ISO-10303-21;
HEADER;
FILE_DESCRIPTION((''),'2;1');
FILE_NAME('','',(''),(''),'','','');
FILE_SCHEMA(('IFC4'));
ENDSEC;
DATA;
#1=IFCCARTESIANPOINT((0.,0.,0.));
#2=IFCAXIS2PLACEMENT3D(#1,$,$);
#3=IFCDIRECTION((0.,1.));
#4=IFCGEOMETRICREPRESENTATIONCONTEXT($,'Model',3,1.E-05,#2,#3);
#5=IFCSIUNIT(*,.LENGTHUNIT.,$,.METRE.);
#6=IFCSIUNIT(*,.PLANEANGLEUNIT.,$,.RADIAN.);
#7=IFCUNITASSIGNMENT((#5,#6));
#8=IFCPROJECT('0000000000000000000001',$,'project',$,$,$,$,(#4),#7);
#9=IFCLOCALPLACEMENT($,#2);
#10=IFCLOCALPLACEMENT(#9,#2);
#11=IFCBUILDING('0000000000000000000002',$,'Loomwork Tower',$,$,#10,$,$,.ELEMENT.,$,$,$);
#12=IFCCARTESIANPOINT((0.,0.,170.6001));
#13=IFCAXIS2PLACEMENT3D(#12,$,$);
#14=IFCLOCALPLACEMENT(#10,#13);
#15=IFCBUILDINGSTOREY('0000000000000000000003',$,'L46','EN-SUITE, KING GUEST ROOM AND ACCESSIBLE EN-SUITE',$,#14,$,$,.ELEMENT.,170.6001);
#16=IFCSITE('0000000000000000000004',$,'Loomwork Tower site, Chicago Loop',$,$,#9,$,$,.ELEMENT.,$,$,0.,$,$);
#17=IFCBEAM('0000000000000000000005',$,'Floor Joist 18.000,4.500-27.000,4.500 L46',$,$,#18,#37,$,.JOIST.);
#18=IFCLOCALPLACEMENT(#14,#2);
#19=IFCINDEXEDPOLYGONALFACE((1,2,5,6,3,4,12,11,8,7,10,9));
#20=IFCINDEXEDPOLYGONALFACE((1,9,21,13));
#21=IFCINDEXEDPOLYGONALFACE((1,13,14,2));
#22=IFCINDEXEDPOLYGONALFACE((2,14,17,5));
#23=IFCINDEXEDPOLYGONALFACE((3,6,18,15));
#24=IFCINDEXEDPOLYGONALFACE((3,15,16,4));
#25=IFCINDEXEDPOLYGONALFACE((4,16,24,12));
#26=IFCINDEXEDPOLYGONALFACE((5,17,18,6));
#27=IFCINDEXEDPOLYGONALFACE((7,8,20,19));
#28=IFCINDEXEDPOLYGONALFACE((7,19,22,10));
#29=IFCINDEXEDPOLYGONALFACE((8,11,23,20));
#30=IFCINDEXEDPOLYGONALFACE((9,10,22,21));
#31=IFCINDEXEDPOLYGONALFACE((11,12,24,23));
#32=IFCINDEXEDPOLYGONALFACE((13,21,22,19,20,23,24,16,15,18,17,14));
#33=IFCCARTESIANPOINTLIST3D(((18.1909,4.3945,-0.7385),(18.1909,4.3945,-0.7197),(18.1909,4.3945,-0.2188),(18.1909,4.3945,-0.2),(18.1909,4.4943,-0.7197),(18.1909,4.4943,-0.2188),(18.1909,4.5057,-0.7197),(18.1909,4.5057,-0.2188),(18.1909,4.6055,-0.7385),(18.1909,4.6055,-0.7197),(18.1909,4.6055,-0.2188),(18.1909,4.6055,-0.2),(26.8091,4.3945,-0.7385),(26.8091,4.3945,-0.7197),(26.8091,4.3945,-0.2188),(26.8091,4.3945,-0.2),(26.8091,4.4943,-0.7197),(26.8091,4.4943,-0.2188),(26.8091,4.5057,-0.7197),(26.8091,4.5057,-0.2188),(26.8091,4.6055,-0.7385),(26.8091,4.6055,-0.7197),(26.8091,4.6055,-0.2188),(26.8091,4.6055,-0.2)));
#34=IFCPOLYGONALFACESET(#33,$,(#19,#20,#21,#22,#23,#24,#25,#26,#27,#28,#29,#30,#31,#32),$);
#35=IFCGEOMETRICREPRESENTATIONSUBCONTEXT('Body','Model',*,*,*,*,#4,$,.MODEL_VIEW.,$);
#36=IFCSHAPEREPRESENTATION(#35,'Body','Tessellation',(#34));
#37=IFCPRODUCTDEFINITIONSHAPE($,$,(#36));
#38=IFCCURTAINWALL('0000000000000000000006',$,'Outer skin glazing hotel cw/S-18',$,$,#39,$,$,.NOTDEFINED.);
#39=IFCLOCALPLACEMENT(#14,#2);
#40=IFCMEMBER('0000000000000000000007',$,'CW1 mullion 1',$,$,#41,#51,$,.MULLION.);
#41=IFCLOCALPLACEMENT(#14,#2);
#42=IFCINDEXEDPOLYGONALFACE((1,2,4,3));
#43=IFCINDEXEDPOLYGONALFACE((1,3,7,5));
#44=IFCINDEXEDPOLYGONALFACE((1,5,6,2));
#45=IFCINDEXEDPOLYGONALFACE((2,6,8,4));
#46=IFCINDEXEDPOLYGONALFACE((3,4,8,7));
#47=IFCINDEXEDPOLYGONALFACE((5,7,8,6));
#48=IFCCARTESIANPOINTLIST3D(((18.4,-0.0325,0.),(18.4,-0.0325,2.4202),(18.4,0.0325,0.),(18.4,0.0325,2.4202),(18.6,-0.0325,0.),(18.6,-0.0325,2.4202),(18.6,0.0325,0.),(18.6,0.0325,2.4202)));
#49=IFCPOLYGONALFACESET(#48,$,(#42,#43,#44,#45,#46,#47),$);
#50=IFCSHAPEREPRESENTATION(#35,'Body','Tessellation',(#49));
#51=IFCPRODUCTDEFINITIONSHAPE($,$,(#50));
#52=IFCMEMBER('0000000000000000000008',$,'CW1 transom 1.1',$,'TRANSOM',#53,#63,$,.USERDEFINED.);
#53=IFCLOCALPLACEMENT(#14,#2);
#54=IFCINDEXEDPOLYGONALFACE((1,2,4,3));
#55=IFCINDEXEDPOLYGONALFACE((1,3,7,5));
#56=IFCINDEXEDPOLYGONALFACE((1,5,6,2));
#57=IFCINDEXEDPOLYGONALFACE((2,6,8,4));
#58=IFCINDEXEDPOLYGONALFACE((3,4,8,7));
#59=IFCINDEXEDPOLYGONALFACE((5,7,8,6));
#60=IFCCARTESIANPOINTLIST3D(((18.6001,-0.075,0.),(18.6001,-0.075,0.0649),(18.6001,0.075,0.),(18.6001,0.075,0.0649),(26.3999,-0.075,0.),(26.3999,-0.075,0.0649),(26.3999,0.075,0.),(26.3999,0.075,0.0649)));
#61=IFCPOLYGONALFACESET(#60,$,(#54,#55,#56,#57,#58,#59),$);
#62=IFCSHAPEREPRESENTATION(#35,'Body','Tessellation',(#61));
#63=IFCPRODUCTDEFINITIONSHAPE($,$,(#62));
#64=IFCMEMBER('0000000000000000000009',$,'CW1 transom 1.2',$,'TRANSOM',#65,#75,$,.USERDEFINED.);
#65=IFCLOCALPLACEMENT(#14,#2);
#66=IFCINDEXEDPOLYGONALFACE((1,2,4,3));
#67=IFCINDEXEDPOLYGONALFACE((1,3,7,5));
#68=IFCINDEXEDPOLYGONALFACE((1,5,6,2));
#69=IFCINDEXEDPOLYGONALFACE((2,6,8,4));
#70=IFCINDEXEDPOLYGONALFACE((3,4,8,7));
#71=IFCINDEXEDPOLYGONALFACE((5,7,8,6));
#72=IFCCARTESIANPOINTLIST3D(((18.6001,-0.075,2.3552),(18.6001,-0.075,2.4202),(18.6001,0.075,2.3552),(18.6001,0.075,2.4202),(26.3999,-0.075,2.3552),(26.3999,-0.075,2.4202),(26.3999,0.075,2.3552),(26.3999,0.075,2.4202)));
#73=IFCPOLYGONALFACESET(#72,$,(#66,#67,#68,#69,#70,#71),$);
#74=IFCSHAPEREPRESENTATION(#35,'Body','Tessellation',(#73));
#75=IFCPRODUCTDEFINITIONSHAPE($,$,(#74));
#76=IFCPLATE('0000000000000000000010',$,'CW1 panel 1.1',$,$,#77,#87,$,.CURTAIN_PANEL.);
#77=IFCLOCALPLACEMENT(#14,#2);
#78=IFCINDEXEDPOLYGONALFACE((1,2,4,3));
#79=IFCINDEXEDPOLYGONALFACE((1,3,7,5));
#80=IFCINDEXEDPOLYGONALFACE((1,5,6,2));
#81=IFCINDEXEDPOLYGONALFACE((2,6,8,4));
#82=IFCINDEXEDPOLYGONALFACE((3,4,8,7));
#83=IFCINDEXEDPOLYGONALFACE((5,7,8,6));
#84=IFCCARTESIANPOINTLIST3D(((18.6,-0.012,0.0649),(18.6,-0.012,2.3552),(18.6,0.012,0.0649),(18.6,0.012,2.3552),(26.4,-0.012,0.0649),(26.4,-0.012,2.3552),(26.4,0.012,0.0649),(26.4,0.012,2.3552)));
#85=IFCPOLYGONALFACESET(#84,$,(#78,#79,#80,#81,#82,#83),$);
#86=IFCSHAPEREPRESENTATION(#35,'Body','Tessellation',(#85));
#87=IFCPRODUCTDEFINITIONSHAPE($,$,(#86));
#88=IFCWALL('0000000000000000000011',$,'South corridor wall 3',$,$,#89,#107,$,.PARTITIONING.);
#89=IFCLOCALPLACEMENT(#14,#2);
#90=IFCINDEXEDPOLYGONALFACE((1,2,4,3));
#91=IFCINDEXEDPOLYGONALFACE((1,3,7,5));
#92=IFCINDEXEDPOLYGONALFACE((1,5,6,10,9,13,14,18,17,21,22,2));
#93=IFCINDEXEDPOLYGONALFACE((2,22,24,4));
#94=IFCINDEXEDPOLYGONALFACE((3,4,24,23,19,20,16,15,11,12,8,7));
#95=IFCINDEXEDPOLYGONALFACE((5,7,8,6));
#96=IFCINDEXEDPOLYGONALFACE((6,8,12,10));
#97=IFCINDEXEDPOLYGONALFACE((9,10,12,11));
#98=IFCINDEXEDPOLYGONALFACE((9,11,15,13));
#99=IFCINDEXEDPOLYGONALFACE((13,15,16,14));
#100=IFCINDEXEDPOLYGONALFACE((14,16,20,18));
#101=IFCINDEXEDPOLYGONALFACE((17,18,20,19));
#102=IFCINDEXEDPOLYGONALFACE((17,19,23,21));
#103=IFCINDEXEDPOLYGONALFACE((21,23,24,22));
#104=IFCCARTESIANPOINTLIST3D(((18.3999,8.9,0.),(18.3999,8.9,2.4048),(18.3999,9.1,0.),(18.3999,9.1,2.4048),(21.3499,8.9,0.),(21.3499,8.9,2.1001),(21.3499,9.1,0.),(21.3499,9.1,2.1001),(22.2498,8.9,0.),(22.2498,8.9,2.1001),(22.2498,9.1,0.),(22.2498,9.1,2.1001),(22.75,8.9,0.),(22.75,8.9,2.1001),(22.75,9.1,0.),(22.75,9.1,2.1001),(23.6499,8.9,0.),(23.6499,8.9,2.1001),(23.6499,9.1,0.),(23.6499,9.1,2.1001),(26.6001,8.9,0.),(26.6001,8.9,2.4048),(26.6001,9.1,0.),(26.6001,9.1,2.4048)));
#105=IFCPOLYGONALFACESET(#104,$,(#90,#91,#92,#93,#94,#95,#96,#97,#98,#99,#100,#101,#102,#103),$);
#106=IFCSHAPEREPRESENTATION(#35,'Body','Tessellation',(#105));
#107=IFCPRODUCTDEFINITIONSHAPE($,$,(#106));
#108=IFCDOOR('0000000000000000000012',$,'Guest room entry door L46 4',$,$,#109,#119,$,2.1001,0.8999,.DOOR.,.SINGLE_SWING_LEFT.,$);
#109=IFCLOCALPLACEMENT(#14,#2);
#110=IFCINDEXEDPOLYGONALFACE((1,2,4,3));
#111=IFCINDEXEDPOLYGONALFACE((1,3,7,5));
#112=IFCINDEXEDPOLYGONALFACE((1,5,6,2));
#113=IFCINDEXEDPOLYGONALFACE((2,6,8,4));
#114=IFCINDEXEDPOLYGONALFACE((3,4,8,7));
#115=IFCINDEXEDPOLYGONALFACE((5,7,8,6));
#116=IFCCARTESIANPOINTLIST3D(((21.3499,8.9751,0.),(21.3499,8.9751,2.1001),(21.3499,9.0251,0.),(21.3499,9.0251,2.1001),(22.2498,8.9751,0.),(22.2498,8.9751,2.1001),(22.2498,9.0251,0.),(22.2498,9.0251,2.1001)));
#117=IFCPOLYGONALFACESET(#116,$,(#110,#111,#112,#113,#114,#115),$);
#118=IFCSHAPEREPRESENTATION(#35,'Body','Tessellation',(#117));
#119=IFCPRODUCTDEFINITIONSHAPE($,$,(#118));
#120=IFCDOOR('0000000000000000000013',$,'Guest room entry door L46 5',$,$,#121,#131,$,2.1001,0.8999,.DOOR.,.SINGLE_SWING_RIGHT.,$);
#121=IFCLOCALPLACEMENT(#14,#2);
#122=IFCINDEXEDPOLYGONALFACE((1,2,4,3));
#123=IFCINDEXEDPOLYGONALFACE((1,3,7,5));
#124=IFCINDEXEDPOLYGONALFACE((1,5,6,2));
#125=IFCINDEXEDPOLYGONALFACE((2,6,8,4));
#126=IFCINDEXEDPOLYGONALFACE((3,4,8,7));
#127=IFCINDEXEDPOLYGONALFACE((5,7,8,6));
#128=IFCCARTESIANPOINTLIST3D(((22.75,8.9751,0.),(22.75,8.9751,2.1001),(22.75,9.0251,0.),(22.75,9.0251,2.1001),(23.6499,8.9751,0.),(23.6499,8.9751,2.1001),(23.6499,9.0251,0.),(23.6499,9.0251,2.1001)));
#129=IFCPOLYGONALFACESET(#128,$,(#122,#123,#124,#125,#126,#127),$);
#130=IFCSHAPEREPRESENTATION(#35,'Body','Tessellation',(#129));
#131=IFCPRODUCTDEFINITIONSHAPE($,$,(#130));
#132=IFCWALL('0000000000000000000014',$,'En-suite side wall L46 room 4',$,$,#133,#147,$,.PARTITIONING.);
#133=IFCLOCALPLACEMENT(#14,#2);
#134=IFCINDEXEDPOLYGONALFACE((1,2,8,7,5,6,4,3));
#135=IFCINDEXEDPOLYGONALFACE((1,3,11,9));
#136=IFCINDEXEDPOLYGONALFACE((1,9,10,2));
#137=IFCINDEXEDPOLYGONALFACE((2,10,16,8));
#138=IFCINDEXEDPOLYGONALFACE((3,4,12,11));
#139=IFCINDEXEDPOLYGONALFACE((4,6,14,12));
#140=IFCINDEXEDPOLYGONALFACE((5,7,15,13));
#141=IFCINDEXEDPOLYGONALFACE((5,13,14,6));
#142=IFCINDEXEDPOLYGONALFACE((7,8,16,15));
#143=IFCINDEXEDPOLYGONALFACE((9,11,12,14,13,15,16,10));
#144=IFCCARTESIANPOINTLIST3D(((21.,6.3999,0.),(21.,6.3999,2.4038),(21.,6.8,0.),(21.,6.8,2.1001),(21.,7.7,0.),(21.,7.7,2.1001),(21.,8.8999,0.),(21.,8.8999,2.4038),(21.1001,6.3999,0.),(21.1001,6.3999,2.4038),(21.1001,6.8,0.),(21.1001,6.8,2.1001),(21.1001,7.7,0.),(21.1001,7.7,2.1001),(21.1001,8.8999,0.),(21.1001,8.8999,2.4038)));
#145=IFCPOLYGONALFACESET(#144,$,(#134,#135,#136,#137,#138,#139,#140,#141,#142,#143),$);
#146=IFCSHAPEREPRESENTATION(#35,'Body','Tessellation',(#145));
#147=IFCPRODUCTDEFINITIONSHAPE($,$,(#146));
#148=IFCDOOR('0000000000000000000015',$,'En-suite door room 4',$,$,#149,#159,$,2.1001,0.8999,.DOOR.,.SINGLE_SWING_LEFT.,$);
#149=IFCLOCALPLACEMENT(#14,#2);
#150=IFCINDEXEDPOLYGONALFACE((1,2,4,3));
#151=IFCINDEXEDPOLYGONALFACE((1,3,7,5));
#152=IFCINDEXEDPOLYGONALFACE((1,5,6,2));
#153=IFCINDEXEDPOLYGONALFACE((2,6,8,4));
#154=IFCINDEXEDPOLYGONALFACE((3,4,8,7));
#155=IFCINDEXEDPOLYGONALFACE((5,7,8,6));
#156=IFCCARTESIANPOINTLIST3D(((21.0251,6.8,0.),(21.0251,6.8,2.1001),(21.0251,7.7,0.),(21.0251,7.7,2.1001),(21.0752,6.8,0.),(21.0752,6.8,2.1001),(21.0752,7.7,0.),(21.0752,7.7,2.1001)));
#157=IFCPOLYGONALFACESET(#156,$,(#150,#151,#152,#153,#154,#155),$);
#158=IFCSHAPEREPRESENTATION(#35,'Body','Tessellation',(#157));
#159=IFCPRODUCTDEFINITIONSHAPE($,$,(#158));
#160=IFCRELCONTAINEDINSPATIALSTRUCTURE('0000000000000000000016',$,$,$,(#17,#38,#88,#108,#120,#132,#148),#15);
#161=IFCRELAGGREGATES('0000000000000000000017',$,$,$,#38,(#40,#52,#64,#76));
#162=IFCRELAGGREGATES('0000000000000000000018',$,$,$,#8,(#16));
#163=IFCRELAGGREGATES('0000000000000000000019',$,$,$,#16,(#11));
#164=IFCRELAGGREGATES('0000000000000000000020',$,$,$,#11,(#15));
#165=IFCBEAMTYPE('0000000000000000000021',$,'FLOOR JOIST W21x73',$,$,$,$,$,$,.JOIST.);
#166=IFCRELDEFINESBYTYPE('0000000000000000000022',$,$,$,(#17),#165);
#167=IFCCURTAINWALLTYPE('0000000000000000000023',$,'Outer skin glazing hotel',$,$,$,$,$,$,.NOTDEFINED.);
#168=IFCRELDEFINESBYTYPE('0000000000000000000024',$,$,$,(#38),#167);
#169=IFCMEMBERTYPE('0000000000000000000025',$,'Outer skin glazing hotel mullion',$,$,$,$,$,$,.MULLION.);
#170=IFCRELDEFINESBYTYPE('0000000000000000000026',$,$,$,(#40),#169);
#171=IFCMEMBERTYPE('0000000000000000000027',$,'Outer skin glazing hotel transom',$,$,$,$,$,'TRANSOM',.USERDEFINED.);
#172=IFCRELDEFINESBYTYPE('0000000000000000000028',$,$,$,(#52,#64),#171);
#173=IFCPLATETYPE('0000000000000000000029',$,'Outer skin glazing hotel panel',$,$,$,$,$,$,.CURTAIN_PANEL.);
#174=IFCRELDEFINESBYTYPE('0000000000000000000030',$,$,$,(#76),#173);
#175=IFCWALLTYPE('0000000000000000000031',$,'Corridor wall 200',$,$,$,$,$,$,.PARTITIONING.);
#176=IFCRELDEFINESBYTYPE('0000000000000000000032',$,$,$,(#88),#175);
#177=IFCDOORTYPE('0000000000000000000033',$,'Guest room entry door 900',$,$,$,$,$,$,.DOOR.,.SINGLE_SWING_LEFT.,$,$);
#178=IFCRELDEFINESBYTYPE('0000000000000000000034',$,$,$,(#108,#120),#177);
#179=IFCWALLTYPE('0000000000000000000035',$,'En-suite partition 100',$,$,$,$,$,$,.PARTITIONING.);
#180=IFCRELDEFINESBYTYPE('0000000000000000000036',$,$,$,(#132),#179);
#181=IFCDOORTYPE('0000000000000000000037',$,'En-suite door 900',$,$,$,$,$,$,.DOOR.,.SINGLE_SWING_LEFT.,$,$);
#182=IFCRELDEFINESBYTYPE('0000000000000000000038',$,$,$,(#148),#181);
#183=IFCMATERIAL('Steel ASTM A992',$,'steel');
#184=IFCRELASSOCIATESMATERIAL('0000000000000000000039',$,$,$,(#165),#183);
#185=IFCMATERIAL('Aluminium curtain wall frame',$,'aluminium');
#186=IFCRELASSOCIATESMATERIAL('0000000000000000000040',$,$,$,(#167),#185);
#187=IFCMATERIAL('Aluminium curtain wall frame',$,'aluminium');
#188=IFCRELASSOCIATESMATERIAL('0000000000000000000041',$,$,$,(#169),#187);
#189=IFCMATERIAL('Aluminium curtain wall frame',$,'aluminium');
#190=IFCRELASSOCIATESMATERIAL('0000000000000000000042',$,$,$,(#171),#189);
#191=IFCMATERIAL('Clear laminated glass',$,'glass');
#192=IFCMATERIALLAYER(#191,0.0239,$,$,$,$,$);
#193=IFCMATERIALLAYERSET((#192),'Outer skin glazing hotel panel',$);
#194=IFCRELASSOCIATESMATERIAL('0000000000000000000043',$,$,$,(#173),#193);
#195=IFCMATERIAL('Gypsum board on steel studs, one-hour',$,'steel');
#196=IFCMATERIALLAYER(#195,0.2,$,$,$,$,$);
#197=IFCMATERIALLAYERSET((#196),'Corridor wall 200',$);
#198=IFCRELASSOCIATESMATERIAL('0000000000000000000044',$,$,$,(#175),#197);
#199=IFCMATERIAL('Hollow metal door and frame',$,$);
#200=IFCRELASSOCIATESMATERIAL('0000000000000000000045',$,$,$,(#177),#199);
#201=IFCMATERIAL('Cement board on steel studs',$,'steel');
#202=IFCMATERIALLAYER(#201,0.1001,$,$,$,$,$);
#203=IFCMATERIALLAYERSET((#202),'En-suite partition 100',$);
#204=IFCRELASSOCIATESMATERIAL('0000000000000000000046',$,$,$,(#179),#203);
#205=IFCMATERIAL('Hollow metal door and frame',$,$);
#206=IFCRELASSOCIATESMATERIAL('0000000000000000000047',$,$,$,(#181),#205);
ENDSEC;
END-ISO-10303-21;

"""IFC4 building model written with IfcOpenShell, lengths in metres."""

from ifc_helpers import new_model, si_unit, direction, frame, frame_2d, origin, origin_2d, place, context, subcontext, project, spatial, rectangle, i_section, extrude, material, layer, layer_set, material_profile, profile_set, type_object, element, fill, aggregate, save


model = new_model("IFC4")

# Units and contexts
model_context = context("Model", 3, precision=1e-05, world=origin(), true_north=direction((0.0, 1.0)))
body_context = subcontext(model_context, "Body", "Model", "MODEL_VIEW")
ifc_project = project(units=[si_unit("LENGTHUNIT", "METRE"), si_unit("PLANEANGLEUNIT", "RADIAN")], contexts=[model_context])

# Site, building, storey
site_placement = place(None, origin())
site = spatial("IfcSite", under=ifc_project, at=site_placement, Name="Loomwork Tower site, Chicago Loop", CompositionType="ELEMENT", RefElevation=0.0)
building_placement = place(site_placement, origin())
building = spatial("IfcBuilding", under=site, at=building_placement, Name="Loomwork Tower", CompositionType="ELEMENT")
storey_placement = place(building_placement, frame((0.0, 0.0, 170.6001)))
storey = spatial("IfcBuildingStorey", under=building, at=storey_placement, Name="L46", Description="EN-SUITE, KING GUEST ROOM AND ACCESSIBLE EN-SUITE", CompositionType="ELEMENT", Elevation=170.6001)

# Beam
ifc_material_1 = material(Name="Steel ASTM A992", Category="steel")
ifc_material_profile_1 = material_profile(ifc_material_1, i_section(OverallWidth=0.2109, OverallDepth=0.5386, WebThickness=0.0115, FlangeThickness=0.0188, at=origin_2d()), Name="W21x73")
ifc_profile_set_1 = profile_set([ifc_material_profile_1], Name="Steel ASTM A992")
beam_type = type_object("IfcBeamType", Name="FLOOR JOIST W21x73", PredefinedType="JOIST", material=ifc_profile_set_1)
beam_placement = place(storey_placement, frame((18.1909, 4.5, -0.4692), z_axis=(1.0, 0.0, 0.0), x_axis=(0.0, 1.0, 0.0)))
element("IfcBeam", 1, at=beam_placement, inside=storey, type_object=beam_type, Name="Floor Joist 18.000,4.500-27.000,4.500 L46", PredefinedType="JOIST", context=body_context, shape_type="SweptSolid", body=[
    extrude(i_section(OverallWidth=0.2109, OverallDepth=0.5386, WebThickness=0.0115, FlangeThickness=0.0188, at=origin_2d()), origin(), (0.0, 0.0, 1.0), 8.6182),
])

# Curtain wall, members, plate
ifc_material_2 = material(Name="Aluminium curtain wall frame", Category="aluminium")
curtain_wall_type = type_object("IfcCurtainWallType", Name="Outer skin glazing hotel", PredefinedType="NOTDEFINED", material=ifc_material_2)
curtain_wall_placement = place(storey_placement, origin())
curtain_wall = element("IfcCurtainWall", 2, at=curtain_wall_placement, inside=storey, type_object=curtain_wall_type, Name="Outer skin glazing hotel cw/S-18", PredefinedType="NOTDEFINED")
ifc_material_3 = material(Name="Aluminium curtain wall frame", Category="aluminium")
ifc_material_profile_2 = material_profile(ifc_material_3, rectangle(XDim=0.0649, YDim=0.2, at=origin_2d()), Name="AL 65x200")
ifc_profile_set_2 = profile_set([ifc_material_profile_2], Name="Aluminium curtain wall frame")
member_type_1 = type_object("IfcMemberType", Name="Outer skin glazing hotel mullion", PredefinedType="MULLION", material=ifc_profile_set_2)
member_1_placement = place(storey_placement, frame((18.5, 0.0, 0.0), z_axis=(0.0, 0.0, 1.0), x_axis=(0.0, 1.0, 0.0)))
member_1 = element("IfcMember", 3, at=member_1_placement, type_object=member_type_1, Name="CW1 mullion 1", PredefinedType="MULLION", context=body_context, shape_type="SweptSolid", body=[
    extrude(rectangle(XDim=0.0649, YDim=0.2, at=origin_2d()), origin(), (0.0, 0.0, 1.0), 2.4202),
])
ifc_material_4 = material(Name="Aluminium curtain wall frame", Category="aluminium")
ifc_material_profile_3 = material_profile(ifc_material_4, rectangle(XDim=0.1499, YDim=0.0649, at=origin_2d()), Name="AL 65x150")
ifc_profile_set_3 = profile_set([ifc_material_profile_3], Name="Aluminium curtain wall frame")
member_type_2 = type_object("IfcMemberType", Name="Outer skin glazing hotel transom", ElementType="TRANSOM", PredefinedType="USERDEFINED", material=ifc_profile_set_3)
member_2_placement = place(storey_placement, frame((18.6001, 0.0, 0.0325), z_axis=(1.0, 0.0, 0.0), x_axis=(0.0, 1.0, 0.0)))
member_2 = element("IfcMember", 4, at=member_2_placement, type_object=member_type_2, Name="CW1 transom 1.1", ObjectType="TRANSOM", PredefinedType="USERDEFINED", context=body_context, shape_type="SweptSolid", body=[
    extrude(rectangle(XDim=0.1499, YDim=0.0649, at=origin_2d()), origin(), (0.0, 0.0, 1.0), 7.7998),
])
member_3_placement = place(storey_placement, frame((18.6001, 0.0, 2.3877), z_axis=(1.0, 0.0, 0.0), x_axis=(0.0, 1.0, 0.0)))
member_3 = element("IfcMember", 5, at=member_3_placement, type_object=member_type_2, Name="CW1 transom 1.2", ObjectType="TRANSOM", PredefinedType="USERDEFINED", context=body_context, shape_type="SweptSolid", body=[
    extrude(rectangle(XDim=0.1499, YDim=0.0649, at=origin_2d()), origin(), (0.0, 0.0, 1.0), 7.7998),
])
ifc_material_5 = material(Name="Clear laminated glass", Category="glass")
ifc_layer_1 = layer(ifc_material_5, 0.0239)
ifc_layer_set_1 = layer_set([ifc_layer_1], Name="Outer skin glazing hotel panel")
plate_type = type_object("IfcPlateType", Name="Outer skin glazing hotel panel", PredefinedType="CURTAIN_PANEL", material=ifc_layer_set_1)
plate_placement = place(storey_placement, frame((22.5, 0.0, 0.0649), z_axis=(0.0, 0.0, 1.0), x_axis=(1.0, 0.0, 0.0)))
plate = element("IfcPlate", 6, at=plate_placement, type_object=plate_type, Name="CW1 panel 1.1", PredefinedType="CURTAIN_PANEL", context=body_context, shape_type="SweptSolid", body=[
    extrude(rectangle(XDim=7.8, YDim=0.0239, at=origin_2d()), origin(), (0.0, 0.0, 1.0), 2.2903),
])
aggregate(curtain_wall, [member_1, member_2, member_3, plate])

# Wall, openings, doors
ifc_material_6 = material(Name="Gypsum board on steel studs, one-hour", Category="steel")
ifc_layer_2 = layer(ifc_material_6, 0.2)
ifc_layer_set_2 = layer_set([ifc_layer_2], Name="Corridor wall 200")
wall_type_1 = type_object("IfcWallType", Name="Corridor wall 200", PredefinedType="PARTITIONING", material=ifc_layer_set_2)
wall_1_placement = place(storey_placement, frame((18.3999, 9.0, 0.0), z_axis=(0.0, 0.0, 1.0), x_axis=(1.0, 0.0, 0.0)))
wall_1 = element("IfcWall", 7, at=wall_1_placement, inside=storey, type_object=wall_type_1, Name="South corridor wall 3", PredefinedType="PARTITIONING", context=body_context, shape_type="SweptSolid", body=[
    extrude(rectangle(XDim=8.2002, YDim=0.2, at=frame_2d((4.1001, 0.0))), origin(), (0.0, 0.0, 1.0), 2.4048),
])
opening_1_placement = place(wall_1_placement, frame((2.95, 0.0, 0.0)))
opening_1 = element("IfcOpeningElement", 8, at=opening_1_placement, cuts=wall_1, PredefinedType="OPENING", context=body_context, shape_type="SweptSolid", body=[
    extrude(rectangle(XDim=0.8999, YDim=2.1001, at=frame_2d((0.45, 1.05))), frame((0.0, 0.1099, 0.0), z_axis=(0.0, -1.0, 0.0), x_axis=(1.0, 0.0, 0.0)), (0.0, 0.0, 1.0), 0.22),
])
opening_2_placement = place(wall_1_placement, frame((4.3501, 0.0, 0.0)))
opening_2 = element("IfcOpeningElement", 9, at=opening_2_placement, cuts=wall_1, PredefinedType="OPENING", context=body_context, shape_type="SweptSolid", body=[
    extrude(rectangle(XDim=0.8999, YDim=2.1001, at=frame_2d((0.45, 1.05))), frame((0.0, 0.1099, 0.0), z_axis=(0.0, -1.0, 0.0), x_axis=(1.0, 0.0, 0.0)), (0.0, 0.0, 1.0), 0.22),
])
ifc_material_7 = material(Name="Hollow metal door and frame")
door_type_1 = type_object("IfcDoorType", Name="Guest room entry door 900", OperationType="SINGLE_SWING_LEFT", PredefinedType="DOOR", material=ifc_material_7)
door_1_placement = place(opening_1_placement, frame((0.8999, 0.0, 0.0), z_axis=(0.0, 0.0, 1.0), x_axis=(-1.0, 0.0, 0.0)))
door_1 = element("IfcDoor", 10, at=door_1_placement, inside=storey, type_object=door_type_1, Name="Guest room entry door L46 4", OperationType="SINGLE_SWING_LEFT", OverallHeight=2.1001, OverallWidth=0.8999, PredefinedType="DOOR", context=body_context, shape_type="SweptSolid", body=[
    extrude(rectangle(XDim=0.8999, YDim=2.1001, at=frame_2d((0.45, 1.05))), frame((0.0, 0.0249, 0.0), z_axis=(0.0, -1.0, 0.0), x_axis=(1.0, 0.0, 0.0)), (0.0, 0.0, 1.0), 0.05),
])
fill(opening_1, door_1)
door_2_placement = place(opening_2_placement, frame((0.8999, 0.0, 0.0), z_axis=(0.0, 0.0, 1.0), x_axis=(-1.0, 0.0, 0.0)))
door_2 = element("IfcDoor", 11, at=door_2_placement, inside=storey, type_object=door_type_1, Name="Guest room entry door L46 5", OperationType="SINGLE_SWING_RIGHT", OverallHeight=2.1001, OverallWidth=0.8999, PredefinedType="DOOR", context=body_context, shape_type="SweptSolid", body=[
    extrude(rectangle(XDim=0.8999, YDim=2.1001, at=frame_2d((0.45, 1.05))), frame((0.0, 0.0249, 0.0), z_axis=(0.0, -1.0, 0.0), x_axis=(1.0, 0.0, 0.0)), (0.0, 0.0, 1.0), 0.05),
])
fill(opening_2, door_2)

# Wall, opening, door
ifc_material_8 = material(Name="Cement board on steel studs", Category="steel")
ifc_layer_3 = layer(ifc_material_8, 0.1001)
ifc_layer_set_3 = layer_set([ifc_layer_3], Name="En-suite partition 100")
wall_type_2 = type_object("IfcWallType", Name="En-suite partition 100", PredefinedType="PARTITIONING", material=ifc_layer_set_3)
wall_2_placement = place(storey_placement, frame((21.05, 8.8999, 0.0), z_axis=(0.0, 0.0, 1.0), x_axis=(0.0, -1.0, 0.0)))
wall_2 = element("IfcWall", 12, at=wall_2_placement, inside=storey, type_object=wall_type_2, Name="En-suite side wall L46 room 4", PredefinedType="PARTITIONING", context=body_context, shape_type="SweptSolid", body=[
    extrude(rectangle(XDim=2.5, YDim=0.1001, at=frame_2d((1.25, 0.0))), origin(), (0.0, 0.0, 1.0), 2.4038),
])
opening_3_placement = place(wall_2_placement, frame((1.2, 0.0, 0.0)))
opening_3 = element("IfcOpeningElement", 13, at=opening_3_placement, cuts=wall_2, PredefinedType="OPENING", context=body_context, shape_type="SweptSolid", body=[
    extrude(rectangle(XDim=0.8999, YDim=2.1001, at=frame_2d((0.45, 1.05))), frame((0.0, 0.0601, 0.0), z_axis=(0.0, -1.0, 0.0), x_axis=(1.0, 0.0, 0.0)), (0.0, 0.0, 1.0), 0.1201),
])
ifc_material_9 = material(Name="Hollow metal door and frame")
door_type_2 = type_object("IfcDoorType", Name="En-suite door 900", OperationType="SINGLE_SWING_LEFT", PredefinedType="DOOR", material=ifc_material_9)
door_3_placement = place(opening_3_placement, frame((0.8999, 0.0, 0.0), z_axis=(0.0, 0.0, 1.0), x_axis=(-1.0, 0.0, 0.0)))
door_3 = element("IfcDoor", 14, at=door_3_placement, inside=storey, type_object=door_type_2, Name="En-suite door room 4", OperationType="SINGLE_SWING_LEFT", OverallHeight=2.1001, OverallWidth=0.8999, PredefinedType="DOOR", context=body_context, shape_type="SweptSolid", body=[
    extrude(rectangle(XDim=0.8999, YDim=2.1001, at=frame_2d((0.45, 1.05))), frame((0.0, 0.0249, 0.0), z_axis=(0.0, -1.0, 0.0), x_axis=(1.0, 0.0, 0.0)), (0.0, 0.0, 1.0), 0.05),
])
fill(opening_3, door_3)

save(model, "model.ifc")
